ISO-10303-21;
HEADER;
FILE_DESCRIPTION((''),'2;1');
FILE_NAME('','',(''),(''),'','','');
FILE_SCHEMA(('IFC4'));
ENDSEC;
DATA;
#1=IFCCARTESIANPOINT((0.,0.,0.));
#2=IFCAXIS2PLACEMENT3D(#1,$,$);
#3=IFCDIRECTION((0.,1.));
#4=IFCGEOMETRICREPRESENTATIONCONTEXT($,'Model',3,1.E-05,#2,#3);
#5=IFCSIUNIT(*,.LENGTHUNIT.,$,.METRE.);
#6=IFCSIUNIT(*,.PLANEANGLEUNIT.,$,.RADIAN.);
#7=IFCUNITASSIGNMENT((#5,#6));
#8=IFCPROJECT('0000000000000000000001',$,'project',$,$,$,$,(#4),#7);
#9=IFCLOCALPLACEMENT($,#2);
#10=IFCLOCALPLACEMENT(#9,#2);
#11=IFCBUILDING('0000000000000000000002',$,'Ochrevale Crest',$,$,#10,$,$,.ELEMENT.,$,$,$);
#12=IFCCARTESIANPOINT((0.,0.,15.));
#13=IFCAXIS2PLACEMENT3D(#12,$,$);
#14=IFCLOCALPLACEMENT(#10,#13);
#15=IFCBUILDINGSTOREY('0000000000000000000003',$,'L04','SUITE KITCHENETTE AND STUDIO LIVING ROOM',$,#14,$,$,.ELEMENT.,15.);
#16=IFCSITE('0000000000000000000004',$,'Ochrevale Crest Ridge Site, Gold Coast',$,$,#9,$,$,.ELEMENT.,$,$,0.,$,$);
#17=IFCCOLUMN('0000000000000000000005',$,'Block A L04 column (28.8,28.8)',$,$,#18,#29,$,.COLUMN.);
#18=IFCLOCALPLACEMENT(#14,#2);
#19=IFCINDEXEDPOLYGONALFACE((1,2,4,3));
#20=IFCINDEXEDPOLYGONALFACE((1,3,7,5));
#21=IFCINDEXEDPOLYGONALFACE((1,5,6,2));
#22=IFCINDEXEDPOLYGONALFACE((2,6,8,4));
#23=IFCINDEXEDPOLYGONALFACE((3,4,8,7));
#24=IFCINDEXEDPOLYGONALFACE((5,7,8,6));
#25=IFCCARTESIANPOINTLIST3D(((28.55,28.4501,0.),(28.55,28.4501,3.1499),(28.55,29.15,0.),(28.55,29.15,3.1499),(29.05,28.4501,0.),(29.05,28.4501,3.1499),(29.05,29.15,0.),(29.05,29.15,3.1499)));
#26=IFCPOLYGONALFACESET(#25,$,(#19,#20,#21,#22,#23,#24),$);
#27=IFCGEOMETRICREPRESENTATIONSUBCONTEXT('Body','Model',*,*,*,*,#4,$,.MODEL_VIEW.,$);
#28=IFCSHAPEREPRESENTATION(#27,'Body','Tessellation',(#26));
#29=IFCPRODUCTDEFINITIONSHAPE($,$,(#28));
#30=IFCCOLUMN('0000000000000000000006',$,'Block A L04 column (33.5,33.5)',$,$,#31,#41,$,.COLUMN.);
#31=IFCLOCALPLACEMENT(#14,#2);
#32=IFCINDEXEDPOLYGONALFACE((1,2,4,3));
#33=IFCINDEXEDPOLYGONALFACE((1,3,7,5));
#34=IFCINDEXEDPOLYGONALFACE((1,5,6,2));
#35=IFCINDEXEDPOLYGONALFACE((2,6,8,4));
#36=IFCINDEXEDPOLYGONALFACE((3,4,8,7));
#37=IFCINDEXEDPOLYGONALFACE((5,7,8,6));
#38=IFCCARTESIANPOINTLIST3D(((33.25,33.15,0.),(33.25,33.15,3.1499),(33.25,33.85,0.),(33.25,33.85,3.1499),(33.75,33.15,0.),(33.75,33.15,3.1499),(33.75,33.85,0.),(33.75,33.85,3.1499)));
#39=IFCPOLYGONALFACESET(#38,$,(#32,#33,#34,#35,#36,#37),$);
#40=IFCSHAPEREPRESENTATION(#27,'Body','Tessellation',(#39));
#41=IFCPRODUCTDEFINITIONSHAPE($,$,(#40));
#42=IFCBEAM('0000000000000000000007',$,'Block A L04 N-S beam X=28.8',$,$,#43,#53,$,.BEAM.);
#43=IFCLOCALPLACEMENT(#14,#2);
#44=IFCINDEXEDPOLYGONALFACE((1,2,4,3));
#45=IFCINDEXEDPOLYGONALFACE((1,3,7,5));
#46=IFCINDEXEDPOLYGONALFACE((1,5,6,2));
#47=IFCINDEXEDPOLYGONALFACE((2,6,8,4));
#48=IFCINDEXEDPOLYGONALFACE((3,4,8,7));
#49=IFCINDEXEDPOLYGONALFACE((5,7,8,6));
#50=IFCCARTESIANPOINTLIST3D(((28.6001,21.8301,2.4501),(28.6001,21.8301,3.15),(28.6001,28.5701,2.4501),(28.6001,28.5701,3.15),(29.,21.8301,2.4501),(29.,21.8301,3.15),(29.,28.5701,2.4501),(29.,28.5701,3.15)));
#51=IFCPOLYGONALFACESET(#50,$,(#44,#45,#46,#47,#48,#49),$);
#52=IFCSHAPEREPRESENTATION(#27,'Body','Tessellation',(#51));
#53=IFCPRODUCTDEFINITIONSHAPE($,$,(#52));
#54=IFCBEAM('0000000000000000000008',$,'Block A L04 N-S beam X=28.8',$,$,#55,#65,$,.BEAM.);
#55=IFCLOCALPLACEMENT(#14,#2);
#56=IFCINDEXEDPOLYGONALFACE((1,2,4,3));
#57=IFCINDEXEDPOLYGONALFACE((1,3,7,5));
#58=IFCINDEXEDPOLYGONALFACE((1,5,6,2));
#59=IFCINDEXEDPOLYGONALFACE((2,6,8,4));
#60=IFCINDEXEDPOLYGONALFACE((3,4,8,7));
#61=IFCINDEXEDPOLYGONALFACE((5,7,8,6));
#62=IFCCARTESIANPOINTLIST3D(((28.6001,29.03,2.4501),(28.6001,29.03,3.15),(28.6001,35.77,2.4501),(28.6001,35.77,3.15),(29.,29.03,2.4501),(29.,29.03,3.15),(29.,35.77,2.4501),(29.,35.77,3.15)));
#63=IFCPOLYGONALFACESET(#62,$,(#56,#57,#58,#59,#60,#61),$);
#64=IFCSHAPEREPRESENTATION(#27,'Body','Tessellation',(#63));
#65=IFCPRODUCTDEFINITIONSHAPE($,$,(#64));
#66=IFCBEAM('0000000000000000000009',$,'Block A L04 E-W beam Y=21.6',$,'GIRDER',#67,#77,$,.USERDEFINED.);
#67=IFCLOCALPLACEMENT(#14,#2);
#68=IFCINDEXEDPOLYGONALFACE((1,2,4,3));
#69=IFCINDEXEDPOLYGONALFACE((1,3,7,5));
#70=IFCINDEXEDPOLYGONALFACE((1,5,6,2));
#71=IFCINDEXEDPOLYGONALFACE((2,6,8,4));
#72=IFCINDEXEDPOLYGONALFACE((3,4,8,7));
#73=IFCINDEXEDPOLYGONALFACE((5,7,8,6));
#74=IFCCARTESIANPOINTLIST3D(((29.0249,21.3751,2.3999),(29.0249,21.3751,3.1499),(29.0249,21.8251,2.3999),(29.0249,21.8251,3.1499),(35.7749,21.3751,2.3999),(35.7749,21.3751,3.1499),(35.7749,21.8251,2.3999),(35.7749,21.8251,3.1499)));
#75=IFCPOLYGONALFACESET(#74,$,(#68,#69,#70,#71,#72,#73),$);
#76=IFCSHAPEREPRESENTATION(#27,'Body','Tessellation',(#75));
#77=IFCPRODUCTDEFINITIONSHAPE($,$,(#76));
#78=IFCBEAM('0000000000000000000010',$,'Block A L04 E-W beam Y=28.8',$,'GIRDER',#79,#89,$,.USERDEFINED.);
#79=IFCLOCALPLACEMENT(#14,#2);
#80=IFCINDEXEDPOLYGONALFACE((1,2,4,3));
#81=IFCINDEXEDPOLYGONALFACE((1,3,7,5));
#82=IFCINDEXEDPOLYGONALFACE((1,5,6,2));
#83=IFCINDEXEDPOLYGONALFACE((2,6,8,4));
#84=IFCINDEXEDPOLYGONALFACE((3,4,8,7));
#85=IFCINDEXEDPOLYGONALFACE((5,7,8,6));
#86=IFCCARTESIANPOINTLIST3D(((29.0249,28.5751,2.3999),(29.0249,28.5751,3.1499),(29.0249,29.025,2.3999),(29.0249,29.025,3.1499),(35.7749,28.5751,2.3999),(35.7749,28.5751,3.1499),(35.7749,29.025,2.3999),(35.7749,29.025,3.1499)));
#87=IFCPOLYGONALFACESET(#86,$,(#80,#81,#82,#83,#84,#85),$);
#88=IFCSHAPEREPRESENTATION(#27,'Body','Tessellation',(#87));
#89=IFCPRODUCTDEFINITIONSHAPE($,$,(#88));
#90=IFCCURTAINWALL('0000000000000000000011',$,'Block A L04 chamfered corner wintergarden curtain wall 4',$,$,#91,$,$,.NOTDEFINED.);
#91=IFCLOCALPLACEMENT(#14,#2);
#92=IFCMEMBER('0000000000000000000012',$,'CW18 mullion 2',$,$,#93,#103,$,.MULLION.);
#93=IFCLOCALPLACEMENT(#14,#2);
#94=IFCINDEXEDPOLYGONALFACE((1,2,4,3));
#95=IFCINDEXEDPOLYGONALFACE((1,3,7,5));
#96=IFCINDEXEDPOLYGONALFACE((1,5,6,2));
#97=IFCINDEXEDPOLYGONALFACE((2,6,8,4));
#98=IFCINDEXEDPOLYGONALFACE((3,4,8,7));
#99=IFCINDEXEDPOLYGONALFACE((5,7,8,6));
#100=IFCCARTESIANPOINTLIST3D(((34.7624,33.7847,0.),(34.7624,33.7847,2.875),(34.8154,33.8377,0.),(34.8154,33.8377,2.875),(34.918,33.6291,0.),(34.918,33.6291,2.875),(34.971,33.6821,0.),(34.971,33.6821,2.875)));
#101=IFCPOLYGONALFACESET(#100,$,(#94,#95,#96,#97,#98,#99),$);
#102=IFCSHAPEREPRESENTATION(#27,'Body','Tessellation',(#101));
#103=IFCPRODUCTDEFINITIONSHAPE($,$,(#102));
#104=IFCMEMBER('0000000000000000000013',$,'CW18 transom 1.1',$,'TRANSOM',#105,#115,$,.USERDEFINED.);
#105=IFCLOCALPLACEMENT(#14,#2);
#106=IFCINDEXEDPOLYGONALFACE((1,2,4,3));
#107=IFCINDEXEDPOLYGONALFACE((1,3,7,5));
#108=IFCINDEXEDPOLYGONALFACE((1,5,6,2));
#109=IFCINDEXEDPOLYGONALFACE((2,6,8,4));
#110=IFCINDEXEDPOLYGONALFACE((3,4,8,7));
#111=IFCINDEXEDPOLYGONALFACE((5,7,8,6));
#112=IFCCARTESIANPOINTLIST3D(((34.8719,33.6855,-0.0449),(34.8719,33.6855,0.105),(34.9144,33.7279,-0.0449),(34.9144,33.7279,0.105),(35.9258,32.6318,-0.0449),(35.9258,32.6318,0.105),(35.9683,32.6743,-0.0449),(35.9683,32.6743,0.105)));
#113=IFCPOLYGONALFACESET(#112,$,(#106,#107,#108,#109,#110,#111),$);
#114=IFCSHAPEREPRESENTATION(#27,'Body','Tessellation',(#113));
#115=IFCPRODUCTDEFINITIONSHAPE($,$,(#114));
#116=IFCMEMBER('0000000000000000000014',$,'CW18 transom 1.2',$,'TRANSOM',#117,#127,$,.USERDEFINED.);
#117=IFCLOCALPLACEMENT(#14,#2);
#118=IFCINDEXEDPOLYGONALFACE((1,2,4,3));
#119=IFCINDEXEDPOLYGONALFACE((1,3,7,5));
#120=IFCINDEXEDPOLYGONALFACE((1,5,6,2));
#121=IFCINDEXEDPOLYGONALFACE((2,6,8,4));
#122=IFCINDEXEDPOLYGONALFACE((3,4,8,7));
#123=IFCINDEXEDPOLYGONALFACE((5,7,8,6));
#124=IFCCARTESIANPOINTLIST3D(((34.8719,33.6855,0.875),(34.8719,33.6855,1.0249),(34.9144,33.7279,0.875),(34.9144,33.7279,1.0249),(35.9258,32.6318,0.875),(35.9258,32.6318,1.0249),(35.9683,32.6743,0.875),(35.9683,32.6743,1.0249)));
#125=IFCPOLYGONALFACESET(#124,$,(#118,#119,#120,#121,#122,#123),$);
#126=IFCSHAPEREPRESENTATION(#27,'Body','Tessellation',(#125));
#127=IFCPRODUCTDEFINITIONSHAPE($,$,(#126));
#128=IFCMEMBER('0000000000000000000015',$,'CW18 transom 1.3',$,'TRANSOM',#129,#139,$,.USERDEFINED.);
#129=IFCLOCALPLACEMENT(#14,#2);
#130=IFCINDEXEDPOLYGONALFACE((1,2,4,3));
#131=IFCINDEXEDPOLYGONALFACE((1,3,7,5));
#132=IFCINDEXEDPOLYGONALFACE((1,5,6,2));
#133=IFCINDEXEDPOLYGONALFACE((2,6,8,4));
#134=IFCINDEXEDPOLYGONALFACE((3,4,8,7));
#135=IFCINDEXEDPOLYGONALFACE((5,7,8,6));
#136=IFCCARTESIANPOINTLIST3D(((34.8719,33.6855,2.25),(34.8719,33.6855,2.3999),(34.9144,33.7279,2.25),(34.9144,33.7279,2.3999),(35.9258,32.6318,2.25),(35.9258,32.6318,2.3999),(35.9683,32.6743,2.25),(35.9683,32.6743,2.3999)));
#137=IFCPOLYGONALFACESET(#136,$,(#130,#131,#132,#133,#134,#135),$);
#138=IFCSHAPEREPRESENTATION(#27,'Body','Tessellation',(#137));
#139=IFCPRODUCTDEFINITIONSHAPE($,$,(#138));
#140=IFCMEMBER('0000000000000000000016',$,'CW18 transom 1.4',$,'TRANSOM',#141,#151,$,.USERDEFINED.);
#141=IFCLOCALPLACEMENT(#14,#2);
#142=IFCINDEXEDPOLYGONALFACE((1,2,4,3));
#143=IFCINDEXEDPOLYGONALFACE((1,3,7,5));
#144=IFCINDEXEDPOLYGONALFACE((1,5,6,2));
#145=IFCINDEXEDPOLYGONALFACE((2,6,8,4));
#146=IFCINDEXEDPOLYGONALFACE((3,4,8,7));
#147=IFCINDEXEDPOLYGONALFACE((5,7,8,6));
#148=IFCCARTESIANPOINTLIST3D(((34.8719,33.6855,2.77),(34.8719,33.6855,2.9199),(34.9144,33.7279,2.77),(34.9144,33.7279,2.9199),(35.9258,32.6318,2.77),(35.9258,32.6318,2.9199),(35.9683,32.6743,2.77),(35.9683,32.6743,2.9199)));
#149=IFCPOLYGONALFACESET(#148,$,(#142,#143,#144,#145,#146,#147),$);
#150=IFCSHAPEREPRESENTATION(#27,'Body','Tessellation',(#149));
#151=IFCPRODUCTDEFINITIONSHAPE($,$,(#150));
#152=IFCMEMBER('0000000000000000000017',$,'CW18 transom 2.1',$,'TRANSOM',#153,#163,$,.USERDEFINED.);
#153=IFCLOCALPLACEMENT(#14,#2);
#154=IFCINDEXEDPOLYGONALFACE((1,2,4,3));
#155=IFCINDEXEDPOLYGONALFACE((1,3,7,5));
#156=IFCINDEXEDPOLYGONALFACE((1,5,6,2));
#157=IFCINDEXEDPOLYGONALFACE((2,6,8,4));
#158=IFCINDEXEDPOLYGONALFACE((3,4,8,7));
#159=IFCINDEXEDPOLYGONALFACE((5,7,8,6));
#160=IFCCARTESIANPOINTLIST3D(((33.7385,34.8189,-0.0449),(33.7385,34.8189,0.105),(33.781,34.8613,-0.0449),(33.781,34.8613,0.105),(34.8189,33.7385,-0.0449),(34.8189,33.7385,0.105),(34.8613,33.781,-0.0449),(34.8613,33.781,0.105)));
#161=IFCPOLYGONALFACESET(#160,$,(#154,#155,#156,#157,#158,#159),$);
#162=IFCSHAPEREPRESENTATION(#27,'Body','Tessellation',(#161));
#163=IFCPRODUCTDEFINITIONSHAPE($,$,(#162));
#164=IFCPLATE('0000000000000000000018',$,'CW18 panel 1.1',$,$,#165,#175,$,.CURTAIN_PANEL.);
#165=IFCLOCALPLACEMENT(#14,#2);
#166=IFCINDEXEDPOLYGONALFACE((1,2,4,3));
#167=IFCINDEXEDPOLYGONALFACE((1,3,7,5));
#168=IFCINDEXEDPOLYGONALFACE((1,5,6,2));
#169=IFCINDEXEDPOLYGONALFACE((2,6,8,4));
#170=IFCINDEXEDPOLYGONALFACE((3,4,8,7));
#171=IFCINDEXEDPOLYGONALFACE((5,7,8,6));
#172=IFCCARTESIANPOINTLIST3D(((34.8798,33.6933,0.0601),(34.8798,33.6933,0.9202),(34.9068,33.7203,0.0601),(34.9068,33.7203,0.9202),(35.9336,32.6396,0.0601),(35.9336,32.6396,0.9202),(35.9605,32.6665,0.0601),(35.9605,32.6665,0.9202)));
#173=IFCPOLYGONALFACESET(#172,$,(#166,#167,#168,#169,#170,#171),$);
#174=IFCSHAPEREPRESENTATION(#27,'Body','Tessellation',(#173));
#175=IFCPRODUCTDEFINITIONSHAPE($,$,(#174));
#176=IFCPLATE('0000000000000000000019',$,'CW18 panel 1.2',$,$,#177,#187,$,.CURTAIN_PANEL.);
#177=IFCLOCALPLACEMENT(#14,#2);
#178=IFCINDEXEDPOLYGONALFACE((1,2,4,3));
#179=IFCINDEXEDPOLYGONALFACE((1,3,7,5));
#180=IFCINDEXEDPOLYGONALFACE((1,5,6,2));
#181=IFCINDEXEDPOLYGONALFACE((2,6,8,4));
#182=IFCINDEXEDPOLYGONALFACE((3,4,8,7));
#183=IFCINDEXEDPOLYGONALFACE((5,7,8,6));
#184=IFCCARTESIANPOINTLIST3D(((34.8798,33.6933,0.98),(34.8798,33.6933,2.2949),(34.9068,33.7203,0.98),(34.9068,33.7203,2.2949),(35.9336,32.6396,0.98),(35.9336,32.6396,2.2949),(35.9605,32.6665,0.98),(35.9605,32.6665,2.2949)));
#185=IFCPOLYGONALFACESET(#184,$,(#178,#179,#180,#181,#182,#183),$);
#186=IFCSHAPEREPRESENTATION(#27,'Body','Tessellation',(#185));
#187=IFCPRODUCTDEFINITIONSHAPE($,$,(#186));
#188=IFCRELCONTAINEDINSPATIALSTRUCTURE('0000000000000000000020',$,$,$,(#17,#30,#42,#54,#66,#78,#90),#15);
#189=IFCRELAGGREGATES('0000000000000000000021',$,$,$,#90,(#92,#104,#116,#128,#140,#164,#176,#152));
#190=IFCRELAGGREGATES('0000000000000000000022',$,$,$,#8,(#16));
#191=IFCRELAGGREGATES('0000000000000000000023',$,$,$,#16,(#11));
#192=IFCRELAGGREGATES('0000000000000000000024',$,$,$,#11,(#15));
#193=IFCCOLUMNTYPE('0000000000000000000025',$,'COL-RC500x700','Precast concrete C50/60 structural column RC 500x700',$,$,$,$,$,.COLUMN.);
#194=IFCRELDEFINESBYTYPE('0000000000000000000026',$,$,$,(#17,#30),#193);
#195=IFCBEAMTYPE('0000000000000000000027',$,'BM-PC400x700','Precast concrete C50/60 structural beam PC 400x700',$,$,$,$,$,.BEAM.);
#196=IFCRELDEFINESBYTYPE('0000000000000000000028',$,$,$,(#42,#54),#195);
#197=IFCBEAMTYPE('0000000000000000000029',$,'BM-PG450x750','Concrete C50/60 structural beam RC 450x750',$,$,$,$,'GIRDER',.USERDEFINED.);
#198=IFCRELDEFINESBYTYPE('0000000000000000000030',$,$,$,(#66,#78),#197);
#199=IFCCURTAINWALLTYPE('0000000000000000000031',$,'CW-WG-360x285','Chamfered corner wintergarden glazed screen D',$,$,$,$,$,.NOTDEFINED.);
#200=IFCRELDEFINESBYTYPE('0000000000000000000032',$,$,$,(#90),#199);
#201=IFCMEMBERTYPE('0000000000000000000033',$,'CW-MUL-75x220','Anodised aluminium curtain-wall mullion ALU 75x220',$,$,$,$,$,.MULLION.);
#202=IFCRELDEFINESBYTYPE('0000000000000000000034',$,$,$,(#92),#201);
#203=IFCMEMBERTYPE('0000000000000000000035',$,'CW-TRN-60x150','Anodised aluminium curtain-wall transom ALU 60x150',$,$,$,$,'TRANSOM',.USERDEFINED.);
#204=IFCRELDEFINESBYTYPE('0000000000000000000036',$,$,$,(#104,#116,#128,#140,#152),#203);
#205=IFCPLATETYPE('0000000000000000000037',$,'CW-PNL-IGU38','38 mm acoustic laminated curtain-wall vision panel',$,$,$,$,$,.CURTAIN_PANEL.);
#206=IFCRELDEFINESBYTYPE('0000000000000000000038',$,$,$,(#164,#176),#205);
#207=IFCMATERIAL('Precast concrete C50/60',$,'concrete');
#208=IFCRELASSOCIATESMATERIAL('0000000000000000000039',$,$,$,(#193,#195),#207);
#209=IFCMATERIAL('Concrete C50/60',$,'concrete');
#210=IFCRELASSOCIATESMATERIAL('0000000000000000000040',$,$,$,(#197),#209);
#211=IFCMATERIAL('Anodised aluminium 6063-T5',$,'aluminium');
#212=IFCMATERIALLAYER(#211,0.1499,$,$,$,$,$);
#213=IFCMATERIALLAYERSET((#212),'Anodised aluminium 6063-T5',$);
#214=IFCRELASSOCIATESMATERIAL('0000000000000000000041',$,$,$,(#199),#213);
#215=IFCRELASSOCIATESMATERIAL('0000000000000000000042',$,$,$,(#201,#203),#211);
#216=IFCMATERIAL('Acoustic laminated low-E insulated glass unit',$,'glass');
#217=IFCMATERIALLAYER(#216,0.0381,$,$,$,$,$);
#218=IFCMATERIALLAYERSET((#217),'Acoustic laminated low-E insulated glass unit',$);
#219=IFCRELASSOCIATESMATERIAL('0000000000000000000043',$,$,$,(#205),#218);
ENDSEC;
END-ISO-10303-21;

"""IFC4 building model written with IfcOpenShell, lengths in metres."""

from ifc_helpers import new_model, si_unit, direction, frame, origin, origin_2d, place, context, subcontext, project, spatial, rectangle, extrude, material, layer, layer_set, material_profile, profile_set, type_object, element, aggregate, save


model = new_model("IFC4")

# Units and contexts
model_context = context("Model", 3, precision=1e-05, world=origin(), true_north=direction((0.0, 1.0)))
body_context = subcontext(model_context, "Body", "Model", "MODEL_VIEW")
ifc_project = project(units=[si_unit("LENGTHUNIT", "METRE"), si_unit("PLANEANGLEUNIT", "RADIAN")], contexts=[model_context])

# Site, building, storey
site_placement = place(None, origin())
site = spatial("IfcSite", under=ifc_project, at=site_placement, Name="Ochrevale Crest Ridge Site, Gold Coast", CompositionType="ELEMENT", RefElevation=0.0)
building_placement = place(site_placement, origin())
building = spatial("IfcBuilding", under=site, at=building_placement, Name="Ochrevale Crest", CompositionType="ELEMENT")
storey_placement = place(building_placement, frame((0.0, 0.0, 15.0)))
storey = spatial("IfcBuildingStorey", under=building, at=storey_placement, Name="L04", Description="SUITE KITCHENETTE AND STUDIO LIVING ROOM", CompositionType="ELEMENT", Elevation=15.0)

# Columns
ifc_material_1 = material(Name="Precast concrete C50/60", Category="concrete")
ifc_material_profile_1 = material_profile(ifc_material_1, rectangle(XDim=0.5, YDim=0.7, at=origin_2d()), Name="RC 500x700")
ifc_profile_set_1 = profile_set([ifc_material_profile_1], Name="Precast concrete C50/60")
column_type = type_object("IfcColumnType", Name="COL-RC500x700", Description="Precast concrete C50/60 structural column RC 500x700", PredefinedType="COLUMN", material=ifc_profile_set_1)
for number, where, z_axis, x_axis, name in (
    (1, (28.8, 28.8, 0.0), (0.0, 0.0, 1.0), (1.0, 0.0, 0.0), "Block A L04 column (28.8,28.8)"),
    (2, (33.5, 33.5, 0.0), (0.0, 0.0, 1.0), (1.0, 0.0, 0.0), "Block A L04 column (33.5,33.5)"),
):
    element("IfcColumn", number, at=place(storey_placement, frame(where, z_axis=z_axis, x_axis=x_axis)), inside=storey, type_object=column_type, Name=name, PredefinedType="COLUMN", context=body_context, shape_type="SweptSolid", body=[
        extrude(rectangle(XDim=0.5, YDim=0.7, at=origin_2d()), origin(), (0.0, 0.0, 1.0), 3.1499),
    ])

# Beams
ifc_material_profile_2 = material_profile(ifc_material_1, rectangle(XDim=0.3999, YDim=0.7, at=origin_2d()), Name="PC 400x700")
ifc_profile_set_2 = profile_set([ifc_material_profile_2], Name="Precast concrete C50/60")
beam_type_1 = type_object("IfcBeamType", Name="BM-PC400x700", Description="Precast concrete C50/60 structural beam PC 400x700", PredefinedType="BEAM", material=ifc_profile_set_2)
for number, where, z_axis, x_axis, name in (
    (3, (28.8, 21.8301, 2.8), (0.0, 1.0, 0.0), (-1.0, 0.0, 0.0), "Block A L04 N-S beam X=28.8"),
    (4, (28.8, 29.03, 2.8), (0.0, 1.0, 0.0), (-1.0, 0.0, 0.0), "Block A L04 N-S beam X=28.8"),
):
    element("IfcBeam", number, at=place(storey_placement, frame(where, z_axis=z_axis, x_axis=x_axis)), inside=storey, type_object=beam_type_1, Name=name, PredefinedType="BEAM", context=body_context, shape_type="SweptSolid", body=[
        extrude(rectangle(XDim=0.3999, YDim=0.7, at=origin_2d()), origin(), (0.0, 0.0, 1.0), 6.74),
    ])
ifc_material_2 = material(Name="Concrete C50/60", Category="concrete")
ifc_material_profile_3 = material_profile(ifc_material_2, rectangle(XDim=0.45, YDim=0.75, at=origin_2d()), Name="RC 450x750")
ifc_profile_set_3 = profile_set([ifc_material_profile_3], Name="Concrete C50/60")
beam_type_2 = type_object("IfcBeamType", Name="BM-PG450x750", Description="Concrete C50/60 structural beam RC 450x750", ElementType="GIRDER", PredefinedType="USERDEFINED", material=ifc_profile_set_3)
for number, where, z_axis, x_axis, name in (
    (5, (29.0249, 21.6001, 2.7749), (1.0, 0.0, 0.0), (0.0, 1.0, 0.0), "Block A L04 E-W beam Y=21.6"),
    (6, (29.0249, 28.8, 2.7749), (1.0, 0.0, 0.0), (0.0, 1.0, 0.0), "Block A L04 E-W beam Y=28.8"),
):
    element("IfcBeam", number, at=place(storey_placement, frame(where, z_axis=z_axis, x_axis=x_axis)), inside=storey, type_object=beam_type_2, Name=name, ObjectType="GIRDER", PredefinedType="USERDEFINED", context=body_context, shape_type="SweptSolid", body=[
        extrude(rectangle(XDim=0.45, YDim=0.75, at=origin_2d()), origin(), (0.0, 0.0, 1.0), 6.75),
    ])

# Curtain wall, members, plates
ifc_material_3 = material(Name="Anodised aluminium 6063-T5", Category="aluminium")
ifc_layer_1 = layer(ifc_material_3, 0.1499)
ifc_layer_set_1 = layer_set([ifc_layer_1], Name="Anodised aluminium 6063-T5")
curtain_wall_type = type_object("IfcCurtainWallType", Name="CW-WG-360x285", Description="Chamfered corner wintergarden glazed screen D", PredefinedType="NOTDEFINED", material=ifc_layer_set_1)
curtain_wall_placement = place(storey_placement, origin())
curtain_wall = element("IfcCurtainWall", 7, at=curtain_wall_placement, inside=storey, type_object=curtain_wall_type, Name="Block A L04 chamfered corner wintergarden curtain wall 4", PredefinedType="NOTDEFINED")
ifc_material_profile_4 = material_profile(ifc_material_3, rectangle(XDim=0.075, YDim=0.22, at=origin_2d()), Name="ALU 75x220")
ifc_profile_set_4 = profile_set([ifc_material_profile_4], Name="Anodised aluminium 6063-T5")
member_type_1 = type_object("IfcMemberType", Name="CW-MUL-75x220", Description="Anodised aluminium curtain-wall mullion ALU 75x220", PredefinedType="MULLION", material=ifc_profile_set_4)
member_1_placement = place(storey_placement, frame((34.8667, 33.7334, 0.0), z_axis=(0.0, 0.0, 1.0), x_axis=(-0.707107, -0.707107, 0.0)))
member_1 = element("IfcMember", 8, at=member_1_placement, type_object=member_type_1, Name="CW18 mullion 2", PredefinedType="MULLION", context=body_context, shape_type="SweptSolid", body=[
    extrude(rectangle(XDim=0.075, YDim=0.22, at=origin_2d()), origin(), (0.0, 0.0, 1.0), 2.875),
])
ifc_material_profile_5 = material_profile(ifc_material_3, rectangle(XDim=0.0601, YDim=0.1499, at=origin_2d()), Name="ALU 60x150")
ifc_profile_set_5 = profile_set([ifc_material_profile_5], Name="Anodised aluminium 6063-T5")
member_type_2 = type_object("IfcMemberType", Name="CW-TRN-60x150", Description="Anodised aluminium curtain-wall transom ALU 60x150", ElementType="TRANSOM", PredefinedType="USERDEFINED", material=ifc_profile_set_5)
member_2_placement = place(storey_placement, frame((35.947, 32.6531, 0.03), z_axis=(-0.707189, 0.707025, 0.0), x_axis=(-0.707025, -0.707189, 0.0)))
member_2 = element("IfcMember", 9, at=member_2_placement, type_object=member_type_2, Name="CW18 transom 1.1", ObjectType="TRANSOM", PredefinedType="USERDEFINED", context=body_context, shape_type="SweptSolid", body=[
    extrude(rectangle(XDim=0.0601, YDim=0.1499, at=origin_2d()), origin(), (0.0, 0.0, 1.0), 1.4902),
])
member_3_placement = place(storey_placement, frame((35.947, 32.6531, 0.95), z_axis=(-0.707189, 0.707025, 0.0), x_axis=(-0.707025, -0.707189, 0.0)))
member_3 = element("IfcMember", 10, at=member_3_placement, type_object=member_type_2, Name="CW18 transom 1.2", ObjectType="TRANSOM", PredefinedType="USERDEFINED", context=body_context, shape_type="SweptSolid", body=[
    extrude(rectangle(XDim=0.0601, YDim=0.1499, at=origin_2d()), origin(), (0.0, 0.0, 1.0), 1.4902),
])
member_4_placement = place(storey_placement, frame((35.947, 32.6531, 2.325), z_axis=(-0.707189, 0.707025, 0.0), x_axis=(-0.707025, -0.707189, 0.0)))
member_4 = element("IfcMember", 11, at=member_4_placement, type_object=member_type_2, Name="CW18 transom 1.3", ObjectType="TRANSOM", PredefinedType="USERDEFINED", context=body_context, shape_type="SweptSolid", body=[
    extrude(rectangle(XDim=0.0601, YDim=0.1499, at=origin_2d()), origin(), (0.0, 0.0, 1.0), 1.4902),
])
member_5_placement = place(storey_placement, frame((35.947, 32.6531, 2.845), z_axis=(-0.707189, 0.707025, 0.0), x_axis=(-0.707025, -0.707189, 0.0)))
member_5 = element("IfcMember", 12, at=member_5_placement, type_object=member_type_2, Name="CW18 transom 1.4", ObjectType="TRANSOM", PredefinedType="USERDEFINED", context=body_context, shape_type="SweptSolid", body=[
    extrude(rectangle(XDim=0.0601, YDim=0.1499, at=origin_2d()), origin(), (0.0, 0.0, 1.0), 1.4902),
])
member_6_placement = place(storey_placement, frame((34.8401, 33.7598, 0.03), z_axis=(-0.707107, 0.707107, 0.0), x_axis=(-0.707107, -0.707107, 0.0)))
member_6 = element("IfcMember", 13, at=member_6_placement, type_object=member_type_2, Name="CW18 transom 2.1", ObjectType="TRANSOM", PredefinedType="USERDEFINED", context=body_context, shape_type="SweptSolid", body=[
    extrude(rectangle(XDim=0.0601, YDim=0.1499, at=origin_2d()), origin(), (0.0, 0.0, 1.0), 1.5278),
])
ifc_material_4 = material(Name="Acoustic laminated low-E insulated glass unit", Category="glass")
ifc_layer_2 = layer(ifc_material_4, 0.0381)
ifc_layer_set_2 = layer_set([ifc_layer_2], Name="Acoustic laminated low-E insulated glass unit")
plate_type = type_object("IfcPlateType", Name="CW-PNL-IGU38", Description="38 mm acoustic laminated curtain-wall vision panel", PredefinedType="CURTAIN_PANEL", material=ifc_layer_set_2)
plate_1_placement = place(storey_placement, frame((35.4202, 33.1799, 0.0601), z_axis=(0.0, 0.0, 1.0), x_axis=(-0.707107, 0.707107, 0.0)))
plate_1 = element("IfcPlate", 14, at=plate_1_placement, type_object=plate_type, Name="CW18 panel 1.1", PredefinedType="CURTAIN_PANEL", context=body_context, shape_type="SweptSolid", body=[
    extrude(rectangle(XDim=1.4902, YDim=0.0381, at=origin_2d()), origin(), (0.0, 0.0, 1.0), 0.8601),
])
plate_2_placement = place(storey_placement, frame((35.4202, 33.1799, 0.98), z_axis=(0.0, 0.0, 1.0), x_axis=(-0.707107, 0.707107, 0.0)))
plate_2 = element("IfcPlate", 15, at=plate_2_placement, type_object=plate_type, Name="CW18 panel 1.2", PredefinedType="CURTAIN_PANEL", context=body_context, shape_type="SweptSolid", body=[
    extrude(rectangle(XDim=1.4902, YDim=0.0381, at=origin_2d()), origin(), (0.0, 0.0, 1.0), 1.3149),
])
aggregate(curtain_wall, [member_1, member_2, member_3, member_4, member_5, plate_1, plate_2, member_6])

save(model, "model.ifc")
